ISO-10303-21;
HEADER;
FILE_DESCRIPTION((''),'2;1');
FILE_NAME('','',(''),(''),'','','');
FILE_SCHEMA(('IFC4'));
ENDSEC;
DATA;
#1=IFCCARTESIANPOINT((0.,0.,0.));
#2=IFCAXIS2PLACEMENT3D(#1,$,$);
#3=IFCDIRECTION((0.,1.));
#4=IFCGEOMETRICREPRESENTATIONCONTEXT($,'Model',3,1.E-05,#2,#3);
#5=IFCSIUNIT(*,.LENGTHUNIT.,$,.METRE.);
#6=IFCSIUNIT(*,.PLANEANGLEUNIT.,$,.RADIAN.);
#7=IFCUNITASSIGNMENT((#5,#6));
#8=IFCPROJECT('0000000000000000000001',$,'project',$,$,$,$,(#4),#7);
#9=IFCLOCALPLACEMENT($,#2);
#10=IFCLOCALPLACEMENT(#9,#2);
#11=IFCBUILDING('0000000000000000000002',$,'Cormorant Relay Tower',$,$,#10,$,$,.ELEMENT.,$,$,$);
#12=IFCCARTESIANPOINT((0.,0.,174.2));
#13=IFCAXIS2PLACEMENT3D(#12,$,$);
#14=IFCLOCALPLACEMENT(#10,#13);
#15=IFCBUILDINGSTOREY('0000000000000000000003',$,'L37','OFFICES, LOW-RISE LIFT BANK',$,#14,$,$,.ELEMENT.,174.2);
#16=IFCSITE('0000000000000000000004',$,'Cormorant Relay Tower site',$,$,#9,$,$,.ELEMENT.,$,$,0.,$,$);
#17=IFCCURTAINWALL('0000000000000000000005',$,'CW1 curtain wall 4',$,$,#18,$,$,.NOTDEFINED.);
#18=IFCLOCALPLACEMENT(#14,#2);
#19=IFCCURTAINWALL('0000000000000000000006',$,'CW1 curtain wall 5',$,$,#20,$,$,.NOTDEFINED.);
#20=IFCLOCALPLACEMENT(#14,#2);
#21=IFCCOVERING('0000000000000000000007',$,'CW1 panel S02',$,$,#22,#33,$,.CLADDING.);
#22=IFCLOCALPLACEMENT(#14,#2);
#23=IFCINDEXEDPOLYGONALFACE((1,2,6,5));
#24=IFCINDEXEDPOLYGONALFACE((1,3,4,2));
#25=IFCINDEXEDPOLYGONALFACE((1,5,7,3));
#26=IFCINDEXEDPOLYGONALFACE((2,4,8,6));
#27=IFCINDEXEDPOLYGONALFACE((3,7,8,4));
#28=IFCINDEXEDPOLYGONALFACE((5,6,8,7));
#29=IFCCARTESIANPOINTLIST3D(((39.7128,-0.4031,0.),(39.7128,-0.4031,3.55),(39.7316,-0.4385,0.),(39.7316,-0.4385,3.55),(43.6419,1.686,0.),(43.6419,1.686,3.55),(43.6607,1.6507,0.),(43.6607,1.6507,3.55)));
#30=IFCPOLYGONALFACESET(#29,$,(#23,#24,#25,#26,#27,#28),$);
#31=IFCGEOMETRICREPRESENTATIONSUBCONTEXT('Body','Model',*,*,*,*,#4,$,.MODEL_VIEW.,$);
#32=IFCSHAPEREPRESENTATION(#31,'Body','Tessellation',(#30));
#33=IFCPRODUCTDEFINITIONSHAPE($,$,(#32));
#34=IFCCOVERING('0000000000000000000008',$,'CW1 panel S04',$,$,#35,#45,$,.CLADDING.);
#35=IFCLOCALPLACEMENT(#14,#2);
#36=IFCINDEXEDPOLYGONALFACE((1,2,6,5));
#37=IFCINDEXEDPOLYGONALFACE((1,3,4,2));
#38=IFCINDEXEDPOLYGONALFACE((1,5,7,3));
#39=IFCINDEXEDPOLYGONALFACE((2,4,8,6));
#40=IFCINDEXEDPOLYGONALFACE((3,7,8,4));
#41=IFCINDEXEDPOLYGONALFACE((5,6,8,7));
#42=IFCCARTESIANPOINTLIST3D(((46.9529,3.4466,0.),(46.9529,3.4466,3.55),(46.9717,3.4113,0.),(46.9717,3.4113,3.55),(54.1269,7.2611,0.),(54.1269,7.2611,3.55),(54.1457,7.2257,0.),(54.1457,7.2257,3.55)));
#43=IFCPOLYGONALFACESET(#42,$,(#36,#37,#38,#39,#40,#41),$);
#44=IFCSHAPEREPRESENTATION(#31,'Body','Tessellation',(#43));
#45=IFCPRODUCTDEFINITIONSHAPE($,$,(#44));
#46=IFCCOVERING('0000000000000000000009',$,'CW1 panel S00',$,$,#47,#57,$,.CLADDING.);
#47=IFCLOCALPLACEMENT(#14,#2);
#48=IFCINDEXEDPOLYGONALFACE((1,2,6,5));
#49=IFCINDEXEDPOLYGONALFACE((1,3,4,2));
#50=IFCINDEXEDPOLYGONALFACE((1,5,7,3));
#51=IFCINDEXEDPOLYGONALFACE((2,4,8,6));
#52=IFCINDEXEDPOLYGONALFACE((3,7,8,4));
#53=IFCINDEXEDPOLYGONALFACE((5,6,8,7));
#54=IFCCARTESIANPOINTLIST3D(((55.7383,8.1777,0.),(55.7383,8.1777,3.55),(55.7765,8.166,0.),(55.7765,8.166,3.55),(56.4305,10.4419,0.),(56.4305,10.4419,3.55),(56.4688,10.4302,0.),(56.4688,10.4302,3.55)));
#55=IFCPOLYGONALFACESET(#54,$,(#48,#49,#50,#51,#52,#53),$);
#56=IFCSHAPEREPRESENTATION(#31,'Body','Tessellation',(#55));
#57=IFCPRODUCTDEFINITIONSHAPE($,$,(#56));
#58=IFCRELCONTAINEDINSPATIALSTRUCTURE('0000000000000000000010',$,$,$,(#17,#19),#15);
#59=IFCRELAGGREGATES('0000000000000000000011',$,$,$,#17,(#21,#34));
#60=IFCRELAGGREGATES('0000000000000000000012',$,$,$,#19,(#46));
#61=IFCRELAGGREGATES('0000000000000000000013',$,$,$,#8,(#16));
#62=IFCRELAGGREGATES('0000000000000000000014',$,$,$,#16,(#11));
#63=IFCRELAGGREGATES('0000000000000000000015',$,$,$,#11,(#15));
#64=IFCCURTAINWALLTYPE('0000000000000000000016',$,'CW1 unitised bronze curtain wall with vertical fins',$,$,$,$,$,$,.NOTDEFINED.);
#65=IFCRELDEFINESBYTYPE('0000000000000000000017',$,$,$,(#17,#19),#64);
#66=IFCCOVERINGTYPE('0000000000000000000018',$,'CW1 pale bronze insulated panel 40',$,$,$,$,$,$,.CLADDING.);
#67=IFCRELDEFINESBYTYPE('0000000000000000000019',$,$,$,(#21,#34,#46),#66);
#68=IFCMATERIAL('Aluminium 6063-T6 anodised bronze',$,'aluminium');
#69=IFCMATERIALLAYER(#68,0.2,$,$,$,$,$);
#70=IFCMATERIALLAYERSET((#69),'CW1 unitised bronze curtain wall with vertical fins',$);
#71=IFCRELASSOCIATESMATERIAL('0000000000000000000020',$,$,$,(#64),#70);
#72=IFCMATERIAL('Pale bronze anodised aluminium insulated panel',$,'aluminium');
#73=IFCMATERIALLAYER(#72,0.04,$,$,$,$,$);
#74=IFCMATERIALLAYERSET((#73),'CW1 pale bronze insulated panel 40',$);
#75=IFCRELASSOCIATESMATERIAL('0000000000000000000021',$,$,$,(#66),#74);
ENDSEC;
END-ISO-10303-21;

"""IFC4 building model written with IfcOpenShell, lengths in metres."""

from ifc_helpers import new_model, si_unit, direction, frame, origin, origin_2d, place, context, subcontext, project, spatial, rectangle, extrude, material, layer, layer_set, type_object, element, aggregate, save


model = new_model("IFC4")

# Units and contexts
model_context = context("Model", 3, precision=1e-05, world=origin(), true_north=direction((0.0, 1.0)))
body_context = subcontext(model_context, "Body", "Model", "MODEL_VIEW")
ifc_project = project(units=[si_unit("LENGTHUNIT", "METRE"), si_unit("PLANEANGLEUNIT", "RADIAN")], contexts=[model_context])

# Site, building, storey
site_placement = place(None, origin())
site = spatial("IfcSite", under=ifc_project, at=site_placement, Name="Cormorant Relay Tower site", CompositionType="ELEMENT", RefElevation=0.0)
building_placement = place(site_placement, origin())
building = spatial("IfcBuilding", under=site, at=building_placement, Name="Cormorant Relay Tower", CompositionType="ELEMENT")
storey_placement = place(building_placement, frame((0.0, 0.0, 174.2)))
storey = spatial("IfcBuildingStorey", under=building, at=storey_placement, Name="L37", Description="OFFICES, LOW-RISE LIFT BANK", CompositionType="ELEMENT", Elevation=174.2)

# Shared definitions
ifc_material_1 = material(Name="Aluminium 6063-T6 anodised bronze", Category="aluminium")
ifc_layer_1 = layer(ifc_material_1, 0.2)
ifc_layer_set_1 = layer_set([ifc_layer_1], Name="CW1 unitised bronze curtain wall with vertical fins")
curtain_wall_type = type_object("IfcCurtainWallType", Name="CW1 unitised bronze curtain wall with vertical fins", PredefinedType="NOTDEFINED", material=ifc_layer_set_1)

# Curtain wall
curtain_wall_1_placement = place(storey_placement, origin())
curtain_wall_1 = element("IfcCurtainWall", 1, at=curtain_wall_1_placement, inside=storey, type_object=curtain_wall_type, Name="CW1 curtain wall 4", PredefinedType="NOTDEFINED")

# Curtain wall
curtain_wall_2_placement = place(storey_placement, origin())
curtain_wall_2 = element("IfcCurtainWall", 2, at=curtain_wall_2_placement, inside=storey, type_object=curtain_wall_type, Name="CW1 curtain wall 5", PredefinedType="NOTDEFINED")

# Coverings
ifc_material_2 = material(Name="Pale bronze anodised aluminium insulated panel", Category="aluminium")
ifc_layer_2 = layer(ifc_material_2, 0.04)
ifc_layer_set_2 = layer_set([ifc_layer_2], Name="CW1 pale bronze insulated panel 40")
covering_type = type_object("IfcCoveringType", Name="CW1 pale bronze insulated panel 40", PredefinedType="CLADDING", material=ifc_layer_set_2)
covering_1_placement = place(storey_placement, frame((41.6868, 0.6238, 0.0), z_axis=(0.0, 0.0, 1.0), x_axis=(0.882948, 0.469472, 0.0)))
covering_1 = element("IfcCovering", 3, at=covering_1_placement, type_object=covering_type, Name="CW1 panel S02", PredefinedType="CLADDING", context=body_context, shape_type="SweptSolid", body=[
    extrude(rectangle(XDim=4.45, YDim=0.04, at=origin_2d()), origin(), (0.0, 0.0, 1.0), 3.55),
])
covering_2_placement = place(storey_placement, frame((50.5493, 5.3362, 0.0), z_axis=(0.0, 0.0, 1.0), x_axis=(0.882948, 0.469472, 0.0)))
covering_2 = element("IfcCovering", 4, at=covering_2_placement, type_object=covering_type, Name="CW1 panel S04", PredefinedType="CLADDING", context=body_context, shape_type="SweptSolid", body=[
    extrude(rectangle(XDim=8.125, YDim=0.04, at=origin_2d()), origin(), (0.0, 0.0, 1.0), 3.55),
])
aggregate(curtain_wall_1, [covering_1, covering_2])
covering_3_placement = place(storey_placement, frame((56.1035, 9.304, 0.0), z_axis=(0.0, 0.0, 1.0), x_axis=(0.292372, 0.956305, 0.0)))
covering_3 = element("IfcCovering", 5, at=covering_3_placement, type_object=covering_type, Name="CW1 panel S00", PredefinedType="CLADDING", context=body_context, shape_type="SweptSolid", body=[
    extrude(rectangle(XDim=2.3677, YDim=0.04, at=origin_2d()), origin(), (0.0, 0.0, 1.0), 3.55),
])
aggregate(curtain_wall_2, [covering_3])

save(model, "model.ifc")
